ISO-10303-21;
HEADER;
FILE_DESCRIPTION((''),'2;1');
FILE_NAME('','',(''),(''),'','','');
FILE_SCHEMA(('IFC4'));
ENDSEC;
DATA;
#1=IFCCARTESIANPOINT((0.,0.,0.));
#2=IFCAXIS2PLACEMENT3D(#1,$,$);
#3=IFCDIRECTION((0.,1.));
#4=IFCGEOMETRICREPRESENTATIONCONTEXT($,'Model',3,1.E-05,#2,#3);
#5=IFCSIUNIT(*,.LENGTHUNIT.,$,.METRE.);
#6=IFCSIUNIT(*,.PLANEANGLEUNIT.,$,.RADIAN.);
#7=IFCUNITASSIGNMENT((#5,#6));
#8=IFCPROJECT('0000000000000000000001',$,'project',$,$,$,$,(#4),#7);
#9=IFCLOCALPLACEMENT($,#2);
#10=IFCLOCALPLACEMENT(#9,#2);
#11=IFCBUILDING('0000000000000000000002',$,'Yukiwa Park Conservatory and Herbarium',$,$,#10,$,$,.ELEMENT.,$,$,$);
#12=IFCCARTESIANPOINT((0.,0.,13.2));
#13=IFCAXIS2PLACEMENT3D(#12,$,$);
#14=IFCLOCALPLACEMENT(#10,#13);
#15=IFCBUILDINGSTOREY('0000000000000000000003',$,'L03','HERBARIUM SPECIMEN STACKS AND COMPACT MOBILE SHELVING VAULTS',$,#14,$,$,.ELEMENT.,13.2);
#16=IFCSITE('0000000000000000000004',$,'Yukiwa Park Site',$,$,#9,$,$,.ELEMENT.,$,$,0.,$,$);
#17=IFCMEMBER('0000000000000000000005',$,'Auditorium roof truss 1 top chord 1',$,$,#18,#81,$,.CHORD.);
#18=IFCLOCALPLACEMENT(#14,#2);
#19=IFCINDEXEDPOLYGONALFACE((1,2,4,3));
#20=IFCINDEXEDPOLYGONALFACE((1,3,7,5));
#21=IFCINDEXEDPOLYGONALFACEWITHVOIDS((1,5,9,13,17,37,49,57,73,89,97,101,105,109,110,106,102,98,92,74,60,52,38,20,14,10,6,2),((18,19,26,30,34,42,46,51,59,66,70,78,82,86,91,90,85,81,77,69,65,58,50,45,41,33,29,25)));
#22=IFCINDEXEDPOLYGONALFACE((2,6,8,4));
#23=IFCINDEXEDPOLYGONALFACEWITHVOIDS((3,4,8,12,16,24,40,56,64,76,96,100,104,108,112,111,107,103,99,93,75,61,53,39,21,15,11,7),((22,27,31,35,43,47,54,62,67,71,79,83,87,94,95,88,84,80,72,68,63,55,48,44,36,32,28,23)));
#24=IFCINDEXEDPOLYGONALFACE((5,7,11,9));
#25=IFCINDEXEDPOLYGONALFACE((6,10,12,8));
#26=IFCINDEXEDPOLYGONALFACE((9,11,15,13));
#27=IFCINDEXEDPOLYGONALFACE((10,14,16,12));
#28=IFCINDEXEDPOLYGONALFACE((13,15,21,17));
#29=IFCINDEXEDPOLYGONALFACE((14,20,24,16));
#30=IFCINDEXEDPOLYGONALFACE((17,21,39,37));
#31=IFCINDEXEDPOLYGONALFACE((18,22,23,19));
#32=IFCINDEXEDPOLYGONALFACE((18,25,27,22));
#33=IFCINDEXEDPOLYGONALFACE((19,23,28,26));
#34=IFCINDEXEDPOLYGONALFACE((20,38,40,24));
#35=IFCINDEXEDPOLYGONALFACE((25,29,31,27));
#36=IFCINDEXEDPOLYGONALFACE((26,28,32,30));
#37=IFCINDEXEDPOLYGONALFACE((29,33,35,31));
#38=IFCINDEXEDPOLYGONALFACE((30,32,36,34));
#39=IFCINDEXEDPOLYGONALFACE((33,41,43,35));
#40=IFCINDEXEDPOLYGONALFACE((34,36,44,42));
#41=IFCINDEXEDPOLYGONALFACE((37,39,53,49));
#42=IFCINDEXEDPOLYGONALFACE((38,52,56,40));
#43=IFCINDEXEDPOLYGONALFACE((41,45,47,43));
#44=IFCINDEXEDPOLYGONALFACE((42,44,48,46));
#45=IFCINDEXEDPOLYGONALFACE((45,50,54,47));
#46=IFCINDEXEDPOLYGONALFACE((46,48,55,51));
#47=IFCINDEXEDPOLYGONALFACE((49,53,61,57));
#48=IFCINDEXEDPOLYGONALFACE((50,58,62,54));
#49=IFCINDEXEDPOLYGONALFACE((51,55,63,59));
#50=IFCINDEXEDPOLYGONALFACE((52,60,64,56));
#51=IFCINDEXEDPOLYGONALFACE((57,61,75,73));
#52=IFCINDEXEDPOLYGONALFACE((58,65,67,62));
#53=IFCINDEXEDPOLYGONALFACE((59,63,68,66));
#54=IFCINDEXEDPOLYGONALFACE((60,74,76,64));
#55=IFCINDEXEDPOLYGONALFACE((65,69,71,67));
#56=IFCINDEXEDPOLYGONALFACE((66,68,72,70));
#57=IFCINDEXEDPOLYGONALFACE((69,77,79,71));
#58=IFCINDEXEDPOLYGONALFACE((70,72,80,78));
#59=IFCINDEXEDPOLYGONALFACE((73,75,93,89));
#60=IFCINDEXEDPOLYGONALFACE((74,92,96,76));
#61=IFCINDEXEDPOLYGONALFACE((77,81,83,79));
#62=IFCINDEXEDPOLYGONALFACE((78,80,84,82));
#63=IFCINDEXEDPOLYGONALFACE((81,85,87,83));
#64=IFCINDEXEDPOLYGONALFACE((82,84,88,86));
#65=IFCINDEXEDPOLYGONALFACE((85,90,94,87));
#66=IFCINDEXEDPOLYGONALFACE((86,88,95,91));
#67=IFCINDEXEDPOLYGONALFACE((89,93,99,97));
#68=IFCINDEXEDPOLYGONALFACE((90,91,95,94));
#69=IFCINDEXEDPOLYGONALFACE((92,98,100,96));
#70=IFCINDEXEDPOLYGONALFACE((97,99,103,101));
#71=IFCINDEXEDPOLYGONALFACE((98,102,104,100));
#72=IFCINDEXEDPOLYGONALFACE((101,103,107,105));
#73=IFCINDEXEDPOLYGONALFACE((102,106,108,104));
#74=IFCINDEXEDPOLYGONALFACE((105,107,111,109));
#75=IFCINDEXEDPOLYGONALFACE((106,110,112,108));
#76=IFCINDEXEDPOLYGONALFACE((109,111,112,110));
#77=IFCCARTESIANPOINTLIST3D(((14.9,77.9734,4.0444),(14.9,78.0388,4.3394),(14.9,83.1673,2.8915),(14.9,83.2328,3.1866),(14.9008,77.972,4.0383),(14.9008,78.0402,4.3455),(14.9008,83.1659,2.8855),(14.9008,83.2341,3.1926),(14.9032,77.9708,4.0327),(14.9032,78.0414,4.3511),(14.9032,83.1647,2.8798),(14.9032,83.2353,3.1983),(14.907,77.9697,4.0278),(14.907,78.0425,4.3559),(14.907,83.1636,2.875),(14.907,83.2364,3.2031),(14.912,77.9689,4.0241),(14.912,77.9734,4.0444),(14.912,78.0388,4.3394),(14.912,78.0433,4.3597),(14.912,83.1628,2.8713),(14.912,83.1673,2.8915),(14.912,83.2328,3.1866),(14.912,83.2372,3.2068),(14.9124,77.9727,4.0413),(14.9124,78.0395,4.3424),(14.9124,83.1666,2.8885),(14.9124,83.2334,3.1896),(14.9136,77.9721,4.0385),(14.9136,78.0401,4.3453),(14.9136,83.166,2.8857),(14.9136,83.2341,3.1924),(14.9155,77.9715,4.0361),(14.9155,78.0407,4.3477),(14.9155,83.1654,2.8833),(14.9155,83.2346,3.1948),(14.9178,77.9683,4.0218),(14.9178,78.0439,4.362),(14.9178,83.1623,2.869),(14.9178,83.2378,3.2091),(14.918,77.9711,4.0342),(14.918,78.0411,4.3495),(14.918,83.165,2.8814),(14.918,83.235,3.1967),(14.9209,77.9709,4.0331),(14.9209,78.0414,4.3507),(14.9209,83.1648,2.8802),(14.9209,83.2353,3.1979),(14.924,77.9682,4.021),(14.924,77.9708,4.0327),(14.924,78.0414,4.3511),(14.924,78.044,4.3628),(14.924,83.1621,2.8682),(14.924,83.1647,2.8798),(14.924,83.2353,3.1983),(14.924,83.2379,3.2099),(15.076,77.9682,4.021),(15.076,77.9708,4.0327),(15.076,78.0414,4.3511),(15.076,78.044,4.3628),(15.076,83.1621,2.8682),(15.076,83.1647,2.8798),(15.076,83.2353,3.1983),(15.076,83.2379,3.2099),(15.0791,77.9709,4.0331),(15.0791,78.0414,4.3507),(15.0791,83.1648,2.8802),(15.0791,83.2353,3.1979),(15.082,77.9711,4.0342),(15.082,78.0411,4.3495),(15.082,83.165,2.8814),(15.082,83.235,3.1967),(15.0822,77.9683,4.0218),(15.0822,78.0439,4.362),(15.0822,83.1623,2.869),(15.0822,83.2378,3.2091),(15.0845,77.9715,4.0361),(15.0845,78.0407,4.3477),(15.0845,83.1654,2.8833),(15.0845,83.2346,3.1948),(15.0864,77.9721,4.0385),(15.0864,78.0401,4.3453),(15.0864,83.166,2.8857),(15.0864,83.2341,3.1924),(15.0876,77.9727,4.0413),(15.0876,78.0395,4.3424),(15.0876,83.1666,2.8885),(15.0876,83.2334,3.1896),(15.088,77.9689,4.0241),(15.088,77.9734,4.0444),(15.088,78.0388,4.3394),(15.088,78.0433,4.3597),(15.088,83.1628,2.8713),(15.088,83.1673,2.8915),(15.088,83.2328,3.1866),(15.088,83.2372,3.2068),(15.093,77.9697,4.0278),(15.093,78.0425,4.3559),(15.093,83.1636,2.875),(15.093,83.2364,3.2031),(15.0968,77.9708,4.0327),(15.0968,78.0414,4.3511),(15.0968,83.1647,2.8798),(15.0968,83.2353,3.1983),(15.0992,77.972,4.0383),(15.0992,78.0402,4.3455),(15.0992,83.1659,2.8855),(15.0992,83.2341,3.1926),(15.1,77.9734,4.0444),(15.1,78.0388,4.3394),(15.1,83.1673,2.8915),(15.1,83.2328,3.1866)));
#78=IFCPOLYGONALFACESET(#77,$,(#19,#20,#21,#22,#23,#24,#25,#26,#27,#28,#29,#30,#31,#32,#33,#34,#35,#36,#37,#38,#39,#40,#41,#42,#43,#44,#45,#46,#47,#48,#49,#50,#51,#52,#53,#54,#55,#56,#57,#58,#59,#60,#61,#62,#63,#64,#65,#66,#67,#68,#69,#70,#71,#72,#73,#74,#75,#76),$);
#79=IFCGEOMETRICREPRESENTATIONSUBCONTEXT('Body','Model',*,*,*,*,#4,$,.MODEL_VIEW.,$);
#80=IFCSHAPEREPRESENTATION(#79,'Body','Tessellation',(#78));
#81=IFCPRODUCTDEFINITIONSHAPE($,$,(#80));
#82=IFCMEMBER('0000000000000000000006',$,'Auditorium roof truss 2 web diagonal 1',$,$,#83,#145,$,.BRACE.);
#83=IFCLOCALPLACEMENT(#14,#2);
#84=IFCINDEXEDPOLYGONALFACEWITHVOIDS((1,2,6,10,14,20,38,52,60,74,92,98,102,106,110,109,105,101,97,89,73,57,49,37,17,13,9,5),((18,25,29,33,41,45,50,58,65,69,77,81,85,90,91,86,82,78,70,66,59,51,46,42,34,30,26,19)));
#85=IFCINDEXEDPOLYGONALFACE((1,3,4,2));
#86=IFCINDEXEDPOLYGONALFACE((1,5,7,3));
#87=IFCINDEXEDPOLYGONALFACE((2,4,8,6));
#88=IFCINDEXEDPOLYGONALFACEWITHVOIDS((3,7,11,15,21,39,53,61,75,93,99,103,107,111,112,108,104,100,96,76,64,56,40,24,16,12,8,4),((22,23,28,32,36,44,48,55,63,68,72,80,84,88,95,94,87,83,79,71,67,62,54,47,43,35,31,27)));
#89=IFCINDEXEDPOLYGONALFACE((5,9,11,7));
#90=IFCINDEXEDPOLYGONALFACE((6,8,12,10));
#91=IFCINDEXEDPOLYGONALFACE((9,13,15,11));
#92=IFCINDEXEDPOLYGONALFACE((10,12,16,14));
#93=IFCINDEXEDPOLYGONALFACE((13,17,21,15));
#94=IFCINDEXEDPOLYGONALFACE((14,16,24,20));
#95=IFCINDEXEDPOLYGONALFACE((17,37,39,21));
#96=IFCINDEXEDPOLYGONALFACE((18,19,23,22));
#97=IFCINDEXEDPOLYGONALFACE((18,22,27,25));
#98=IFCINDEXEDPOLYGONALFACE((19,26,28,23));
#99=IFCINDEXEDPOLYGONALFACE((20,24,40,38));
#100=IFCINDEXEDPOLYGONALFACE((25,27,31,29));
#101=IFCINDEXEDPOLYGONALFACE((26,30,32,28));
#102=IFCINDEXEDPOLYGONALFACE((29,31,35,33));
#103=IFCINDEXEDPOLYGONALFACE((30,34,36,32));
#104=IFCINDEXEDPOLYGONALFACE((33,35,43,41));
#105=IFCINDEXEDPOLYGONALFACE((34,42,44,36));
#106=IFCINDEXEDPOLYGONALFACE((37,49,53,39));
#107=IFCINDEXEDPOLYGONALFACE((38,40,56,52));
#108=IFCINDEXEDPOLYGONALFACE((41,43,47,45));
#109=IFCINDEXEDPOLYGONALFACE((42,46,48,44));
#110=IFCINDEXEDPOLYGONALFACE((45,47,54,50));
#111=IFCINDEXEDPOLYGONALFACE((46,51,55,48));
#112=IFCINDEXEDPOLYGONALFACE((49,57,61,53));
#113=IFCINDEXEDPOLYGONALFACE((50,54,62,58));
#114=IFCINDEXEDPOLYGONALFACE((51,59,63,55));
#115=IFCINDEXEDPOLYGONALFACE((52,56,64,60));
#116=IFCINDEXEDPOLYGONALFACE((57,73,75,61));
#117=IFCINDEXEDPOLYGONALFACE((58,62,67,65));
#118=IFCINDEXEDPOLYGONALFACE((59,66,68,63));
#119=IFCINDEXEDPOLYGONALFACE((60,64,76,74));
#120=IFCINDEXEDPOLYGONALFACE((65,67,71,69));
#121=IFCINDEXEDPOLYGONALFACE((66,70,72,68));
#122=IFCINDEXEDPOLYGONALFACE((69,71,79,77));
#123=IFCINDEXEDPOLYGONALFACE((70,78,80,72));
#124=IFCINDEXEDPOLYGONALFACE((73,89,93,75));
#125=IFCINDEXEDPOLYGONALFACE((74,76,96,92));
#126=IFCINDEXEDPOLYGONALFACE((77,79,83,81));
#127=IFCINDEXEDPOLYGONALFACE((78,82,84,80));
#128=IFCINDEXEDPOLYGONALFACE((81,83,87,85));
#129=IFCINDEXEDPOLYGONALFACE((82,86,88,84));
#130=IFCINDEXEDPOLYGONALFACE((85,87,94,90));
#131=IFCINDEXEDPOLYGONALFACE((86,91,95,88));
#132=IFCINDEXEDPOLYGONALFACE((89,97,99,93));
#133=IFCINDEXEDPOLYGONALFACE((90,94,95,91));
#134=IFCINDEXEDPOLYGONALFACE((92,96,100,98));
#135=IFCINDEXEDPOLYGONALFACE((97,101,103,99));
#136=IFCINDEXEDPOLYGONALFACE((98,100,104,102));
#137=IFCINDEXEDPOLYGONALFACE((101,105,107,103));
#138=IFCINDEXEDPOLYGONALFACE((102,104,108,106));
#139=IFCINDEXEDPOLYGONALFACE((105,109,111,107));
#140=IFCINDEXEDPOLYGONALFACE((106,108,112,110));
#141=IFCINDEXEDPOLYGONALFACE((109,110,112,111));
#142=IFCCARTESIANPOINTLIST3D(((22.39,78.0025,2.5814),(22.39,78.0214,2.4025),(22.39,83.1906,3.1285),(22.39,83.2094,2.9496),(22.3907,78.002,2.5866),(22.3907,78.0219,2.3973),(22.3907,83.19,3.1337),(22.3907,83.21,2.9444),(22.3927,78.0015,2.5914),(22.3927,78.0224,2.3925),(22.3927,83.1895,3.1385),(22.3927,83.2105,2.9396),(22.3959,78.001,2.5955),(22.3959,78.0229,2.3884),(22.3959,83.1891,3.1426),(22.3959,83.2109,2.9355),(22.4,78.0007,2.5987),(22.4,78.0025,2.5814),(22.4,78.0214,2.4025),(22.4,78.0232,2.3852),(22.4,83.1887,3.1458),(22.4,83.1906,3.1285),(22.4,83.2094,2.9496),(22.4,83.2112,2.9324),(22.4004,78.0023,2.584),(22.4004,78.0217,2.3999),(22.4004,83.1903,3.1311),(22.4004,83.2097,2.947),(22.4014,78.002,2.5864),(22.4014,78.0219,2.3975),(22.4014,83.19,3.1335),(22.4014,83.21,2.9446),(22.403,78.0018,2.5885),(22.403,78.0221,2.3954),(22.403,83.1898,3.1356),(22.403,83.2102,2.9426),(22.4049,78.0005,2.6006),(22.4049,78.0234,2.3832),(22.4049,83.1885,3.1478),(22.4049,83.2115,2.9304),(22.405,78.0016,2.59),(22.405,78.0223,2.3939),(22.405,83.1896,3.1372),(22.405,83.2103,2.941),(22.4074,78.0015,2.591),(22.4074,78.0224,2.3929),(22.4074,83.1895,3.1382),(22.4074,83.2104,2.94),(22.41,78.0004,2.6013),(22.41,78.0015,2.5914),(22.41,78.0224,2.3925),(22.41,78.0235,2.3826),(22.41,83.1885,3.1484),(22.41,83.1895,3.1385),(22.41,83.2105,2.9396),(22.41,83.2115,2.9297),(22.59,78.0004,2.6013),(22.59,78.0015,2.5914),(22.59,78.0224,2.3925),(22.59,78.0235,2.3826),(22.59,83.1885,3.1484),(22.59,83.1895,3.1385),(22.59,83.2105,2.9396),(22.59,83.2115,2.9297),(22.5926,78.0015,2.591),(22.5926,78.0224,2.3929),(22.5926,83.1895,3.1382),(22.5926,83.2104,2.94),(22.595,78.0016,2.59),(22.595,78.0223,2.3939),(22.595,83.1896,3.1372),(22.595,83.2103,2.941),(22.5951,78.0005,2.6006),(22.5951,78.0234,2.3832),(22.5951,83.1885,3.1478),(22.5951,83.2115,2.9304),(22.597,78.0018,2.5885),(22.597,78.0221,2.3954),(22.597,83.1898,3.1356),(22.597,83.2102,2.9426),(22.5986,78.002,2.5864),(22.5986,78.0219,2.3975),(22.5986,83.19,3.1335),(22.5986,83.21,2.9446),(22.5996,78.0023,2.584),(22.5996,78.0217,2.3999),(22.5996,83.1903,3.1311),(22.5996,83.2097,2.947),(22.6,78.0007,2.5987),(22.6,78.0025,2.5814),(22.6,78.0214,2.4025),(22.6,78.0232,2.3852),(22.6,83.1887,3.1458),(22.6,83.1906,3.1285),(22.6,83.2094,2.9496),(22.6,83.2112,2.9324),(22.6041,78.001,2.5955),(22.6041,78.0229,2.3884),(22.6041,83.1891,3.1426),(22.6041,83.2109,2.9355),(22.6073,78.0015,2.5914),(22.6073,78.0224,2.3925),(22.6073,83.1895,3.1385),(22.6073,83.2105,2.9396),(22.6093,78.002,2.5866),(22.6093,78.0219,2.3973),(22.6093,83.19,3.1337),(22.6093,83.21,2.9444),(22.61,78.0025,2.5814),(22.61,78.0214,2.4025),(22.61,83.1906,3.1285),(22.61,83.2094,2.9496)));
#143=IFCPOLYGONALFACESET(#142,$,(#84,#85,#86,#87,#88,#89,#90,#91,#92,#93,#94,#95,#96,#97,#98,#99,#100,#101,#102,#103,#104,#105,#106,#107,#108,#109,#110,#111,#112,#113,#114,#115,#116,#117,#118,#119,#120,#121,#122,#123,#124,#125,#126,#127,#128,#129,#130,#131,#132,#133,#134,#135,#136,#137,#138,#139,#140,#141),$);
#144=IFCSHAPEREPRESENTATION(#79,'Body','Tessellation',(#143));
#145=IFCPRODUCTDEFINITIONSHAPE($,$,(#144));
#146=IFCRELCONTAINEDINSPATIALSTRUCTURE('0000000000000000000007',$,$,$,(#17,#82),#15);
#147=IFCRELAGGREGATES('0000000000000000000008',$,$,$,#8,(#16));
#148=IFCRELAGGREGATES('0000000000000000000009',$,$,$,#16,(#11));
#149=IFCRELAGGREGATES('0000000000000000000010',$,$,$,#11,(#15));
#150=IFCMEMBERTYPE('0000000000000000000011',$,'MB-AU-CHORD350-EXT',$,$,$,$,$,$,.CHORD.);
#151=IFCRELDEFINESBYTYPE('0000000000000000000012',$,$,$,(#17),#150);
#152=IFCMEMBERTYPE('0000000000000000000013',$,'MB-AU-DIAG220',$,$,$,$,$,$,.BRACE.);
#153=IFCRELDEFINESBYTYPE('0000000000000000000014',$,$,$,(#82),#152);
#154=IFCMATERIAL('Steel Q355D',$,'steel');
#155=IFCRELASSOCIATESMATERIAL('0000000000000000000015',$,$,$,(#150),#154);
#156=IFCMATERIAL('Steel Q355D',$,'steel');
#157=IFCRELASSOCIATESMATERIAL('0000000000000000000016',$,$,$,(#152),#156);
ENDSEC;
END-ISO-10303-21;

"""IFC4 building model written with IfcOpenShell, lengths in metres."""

from ifc_helpers import new_model, si_unit, direction, frame, origin, origin_2d, place, context, subcontext, project, spatial, hollow_rectangle, extrude, material, material_profile, profile_set, type_object, element, save


model = new_model("IFC4")

# Units and contexts
model_context = context("Model", 3, precision=1e-05, world=origin(), true_north=direction((0.0, 1.0)))
body_context = subcontext(model_context, "Body", "Model", "MODEL_VIEW")
ifc_project = project(units=[si_unit("LENGTHUNIT", "METRE"), si_unit("PLANEANGLEUNIT", "RADIAN")], contexts=[model_context])

# Site, building, storey
site_placement = place(None, origin())
site = spatial("IfcSite", under=ifc_project, at=site_placement, Name="Yukiwa Park Site", CompositionType="ELEMENT", RefElevation=0.0)
building_placement = place(site_placement, origin())
building = spatial("IfcBuilding", under=site, at=building_placement, Name="Yukiwa Park Conservatory and Herbarium", CompositionType="ELEMENT")
storey_placement = place(building_placement, frame((0.0, 0.0, 13.2)))
storey = spatial("IfcBuildingStorey", under=building, at=storey_placement, Name="L03", Description="HERBARIUM SPECIMEN STACKS AND COMPACT MOBILE SHELVING VAULTS", CompositionType="ELEMENT", Elevation=13.2)

# Members
ifc_material_1 = material(Name="Steel Q355D", Category="steel")
ifc_material_profile_1 = material_profile(ifc_material_1, hollow_rectangle(XDim=0.2, YDim=0.3501, WallThickness=0.012, InnerFilletRadius=0.012, OuterFilletRadius=0.0239, at=origin_2d()), Name="RHS 350x200x12")
ifc_profile_set_1 = profile_set([ifc_material_profile_1], Name="Steel Q355D")
member_type_1 = type_object("IfcMemberType", Name="MB-AU-CHORD350-EXT", PredefinedType="CHORD", material=ifc_profile_set_1)
member_1_placement = place(storey_placement, frame((15.0, 78.0061, 4.1919), z_axis=(0.0, 0.976241, -0.216688), x_axis=(-1.0, 0.0, 0.0)))
element("IfcMember", 1, at=member_1_placement, inside=storey, type_object=member_type_1, Name="Auditorium roof truss 1 top chord 1", PredefinedType="CHORD", context=body_context, shape_type="SweptSolid", body=[
    extrude(hollow_rectangle(XDim=0.2, YDim=0.3501, WallThickness=0.012, InnerFilletRadius=0.012, OuterFilletRadius=0.0239, at=origin_2d()), origin(), (0.0, 0.0, 1.0), 5.3203),
])
ifc_material_2 = material(Name="Steel Q355D", Category="steel")
ifc_material_profile_2 = material_profile(ifc_material_2, hollow_rectangle(XDim=0.22, YDim=0.22, WallThickness=0.01, InnerFilletRadius=0.01, OuterFilletRadius=0.02, at=origin_2d()), Name="SHS 220x220x10")
ifc_profile_set_2 = profile_set([ifc_material_profile_2], Name="Steel Q355D")
member_type_2 = type_object("IfcMemberType", Name="MB-AU-DIAG220", PredefinedType="BRACE", material=ifc_profile_set_2)
member_2_placement = place(storey_placement, frame((22.5, 78.012, 2.4919), z_axis=(0.0, 0.994485, 0.104877), x_axis=(-1.0, 0.0, 0.0)))
element("IfcMember", 2, at=member_2_placement, inside=storey, type_object=member_type_2, Name="Auditorium roof truss 2 web diagonal 1", PredefinedType="BRACE", context=body_context, shape_type="SweptSolid", body=[
    extrude(hollow_rectangle(XDim=0.22, YDim=0.22, WallThickness=0.01, InnerFilletRadius=0.01, OuterFilletRadius=0.02, at=origin_2d()), origin(), (0.0, 0.0, 1.0), 5.2168),
])

save(model, "model.ifc")
